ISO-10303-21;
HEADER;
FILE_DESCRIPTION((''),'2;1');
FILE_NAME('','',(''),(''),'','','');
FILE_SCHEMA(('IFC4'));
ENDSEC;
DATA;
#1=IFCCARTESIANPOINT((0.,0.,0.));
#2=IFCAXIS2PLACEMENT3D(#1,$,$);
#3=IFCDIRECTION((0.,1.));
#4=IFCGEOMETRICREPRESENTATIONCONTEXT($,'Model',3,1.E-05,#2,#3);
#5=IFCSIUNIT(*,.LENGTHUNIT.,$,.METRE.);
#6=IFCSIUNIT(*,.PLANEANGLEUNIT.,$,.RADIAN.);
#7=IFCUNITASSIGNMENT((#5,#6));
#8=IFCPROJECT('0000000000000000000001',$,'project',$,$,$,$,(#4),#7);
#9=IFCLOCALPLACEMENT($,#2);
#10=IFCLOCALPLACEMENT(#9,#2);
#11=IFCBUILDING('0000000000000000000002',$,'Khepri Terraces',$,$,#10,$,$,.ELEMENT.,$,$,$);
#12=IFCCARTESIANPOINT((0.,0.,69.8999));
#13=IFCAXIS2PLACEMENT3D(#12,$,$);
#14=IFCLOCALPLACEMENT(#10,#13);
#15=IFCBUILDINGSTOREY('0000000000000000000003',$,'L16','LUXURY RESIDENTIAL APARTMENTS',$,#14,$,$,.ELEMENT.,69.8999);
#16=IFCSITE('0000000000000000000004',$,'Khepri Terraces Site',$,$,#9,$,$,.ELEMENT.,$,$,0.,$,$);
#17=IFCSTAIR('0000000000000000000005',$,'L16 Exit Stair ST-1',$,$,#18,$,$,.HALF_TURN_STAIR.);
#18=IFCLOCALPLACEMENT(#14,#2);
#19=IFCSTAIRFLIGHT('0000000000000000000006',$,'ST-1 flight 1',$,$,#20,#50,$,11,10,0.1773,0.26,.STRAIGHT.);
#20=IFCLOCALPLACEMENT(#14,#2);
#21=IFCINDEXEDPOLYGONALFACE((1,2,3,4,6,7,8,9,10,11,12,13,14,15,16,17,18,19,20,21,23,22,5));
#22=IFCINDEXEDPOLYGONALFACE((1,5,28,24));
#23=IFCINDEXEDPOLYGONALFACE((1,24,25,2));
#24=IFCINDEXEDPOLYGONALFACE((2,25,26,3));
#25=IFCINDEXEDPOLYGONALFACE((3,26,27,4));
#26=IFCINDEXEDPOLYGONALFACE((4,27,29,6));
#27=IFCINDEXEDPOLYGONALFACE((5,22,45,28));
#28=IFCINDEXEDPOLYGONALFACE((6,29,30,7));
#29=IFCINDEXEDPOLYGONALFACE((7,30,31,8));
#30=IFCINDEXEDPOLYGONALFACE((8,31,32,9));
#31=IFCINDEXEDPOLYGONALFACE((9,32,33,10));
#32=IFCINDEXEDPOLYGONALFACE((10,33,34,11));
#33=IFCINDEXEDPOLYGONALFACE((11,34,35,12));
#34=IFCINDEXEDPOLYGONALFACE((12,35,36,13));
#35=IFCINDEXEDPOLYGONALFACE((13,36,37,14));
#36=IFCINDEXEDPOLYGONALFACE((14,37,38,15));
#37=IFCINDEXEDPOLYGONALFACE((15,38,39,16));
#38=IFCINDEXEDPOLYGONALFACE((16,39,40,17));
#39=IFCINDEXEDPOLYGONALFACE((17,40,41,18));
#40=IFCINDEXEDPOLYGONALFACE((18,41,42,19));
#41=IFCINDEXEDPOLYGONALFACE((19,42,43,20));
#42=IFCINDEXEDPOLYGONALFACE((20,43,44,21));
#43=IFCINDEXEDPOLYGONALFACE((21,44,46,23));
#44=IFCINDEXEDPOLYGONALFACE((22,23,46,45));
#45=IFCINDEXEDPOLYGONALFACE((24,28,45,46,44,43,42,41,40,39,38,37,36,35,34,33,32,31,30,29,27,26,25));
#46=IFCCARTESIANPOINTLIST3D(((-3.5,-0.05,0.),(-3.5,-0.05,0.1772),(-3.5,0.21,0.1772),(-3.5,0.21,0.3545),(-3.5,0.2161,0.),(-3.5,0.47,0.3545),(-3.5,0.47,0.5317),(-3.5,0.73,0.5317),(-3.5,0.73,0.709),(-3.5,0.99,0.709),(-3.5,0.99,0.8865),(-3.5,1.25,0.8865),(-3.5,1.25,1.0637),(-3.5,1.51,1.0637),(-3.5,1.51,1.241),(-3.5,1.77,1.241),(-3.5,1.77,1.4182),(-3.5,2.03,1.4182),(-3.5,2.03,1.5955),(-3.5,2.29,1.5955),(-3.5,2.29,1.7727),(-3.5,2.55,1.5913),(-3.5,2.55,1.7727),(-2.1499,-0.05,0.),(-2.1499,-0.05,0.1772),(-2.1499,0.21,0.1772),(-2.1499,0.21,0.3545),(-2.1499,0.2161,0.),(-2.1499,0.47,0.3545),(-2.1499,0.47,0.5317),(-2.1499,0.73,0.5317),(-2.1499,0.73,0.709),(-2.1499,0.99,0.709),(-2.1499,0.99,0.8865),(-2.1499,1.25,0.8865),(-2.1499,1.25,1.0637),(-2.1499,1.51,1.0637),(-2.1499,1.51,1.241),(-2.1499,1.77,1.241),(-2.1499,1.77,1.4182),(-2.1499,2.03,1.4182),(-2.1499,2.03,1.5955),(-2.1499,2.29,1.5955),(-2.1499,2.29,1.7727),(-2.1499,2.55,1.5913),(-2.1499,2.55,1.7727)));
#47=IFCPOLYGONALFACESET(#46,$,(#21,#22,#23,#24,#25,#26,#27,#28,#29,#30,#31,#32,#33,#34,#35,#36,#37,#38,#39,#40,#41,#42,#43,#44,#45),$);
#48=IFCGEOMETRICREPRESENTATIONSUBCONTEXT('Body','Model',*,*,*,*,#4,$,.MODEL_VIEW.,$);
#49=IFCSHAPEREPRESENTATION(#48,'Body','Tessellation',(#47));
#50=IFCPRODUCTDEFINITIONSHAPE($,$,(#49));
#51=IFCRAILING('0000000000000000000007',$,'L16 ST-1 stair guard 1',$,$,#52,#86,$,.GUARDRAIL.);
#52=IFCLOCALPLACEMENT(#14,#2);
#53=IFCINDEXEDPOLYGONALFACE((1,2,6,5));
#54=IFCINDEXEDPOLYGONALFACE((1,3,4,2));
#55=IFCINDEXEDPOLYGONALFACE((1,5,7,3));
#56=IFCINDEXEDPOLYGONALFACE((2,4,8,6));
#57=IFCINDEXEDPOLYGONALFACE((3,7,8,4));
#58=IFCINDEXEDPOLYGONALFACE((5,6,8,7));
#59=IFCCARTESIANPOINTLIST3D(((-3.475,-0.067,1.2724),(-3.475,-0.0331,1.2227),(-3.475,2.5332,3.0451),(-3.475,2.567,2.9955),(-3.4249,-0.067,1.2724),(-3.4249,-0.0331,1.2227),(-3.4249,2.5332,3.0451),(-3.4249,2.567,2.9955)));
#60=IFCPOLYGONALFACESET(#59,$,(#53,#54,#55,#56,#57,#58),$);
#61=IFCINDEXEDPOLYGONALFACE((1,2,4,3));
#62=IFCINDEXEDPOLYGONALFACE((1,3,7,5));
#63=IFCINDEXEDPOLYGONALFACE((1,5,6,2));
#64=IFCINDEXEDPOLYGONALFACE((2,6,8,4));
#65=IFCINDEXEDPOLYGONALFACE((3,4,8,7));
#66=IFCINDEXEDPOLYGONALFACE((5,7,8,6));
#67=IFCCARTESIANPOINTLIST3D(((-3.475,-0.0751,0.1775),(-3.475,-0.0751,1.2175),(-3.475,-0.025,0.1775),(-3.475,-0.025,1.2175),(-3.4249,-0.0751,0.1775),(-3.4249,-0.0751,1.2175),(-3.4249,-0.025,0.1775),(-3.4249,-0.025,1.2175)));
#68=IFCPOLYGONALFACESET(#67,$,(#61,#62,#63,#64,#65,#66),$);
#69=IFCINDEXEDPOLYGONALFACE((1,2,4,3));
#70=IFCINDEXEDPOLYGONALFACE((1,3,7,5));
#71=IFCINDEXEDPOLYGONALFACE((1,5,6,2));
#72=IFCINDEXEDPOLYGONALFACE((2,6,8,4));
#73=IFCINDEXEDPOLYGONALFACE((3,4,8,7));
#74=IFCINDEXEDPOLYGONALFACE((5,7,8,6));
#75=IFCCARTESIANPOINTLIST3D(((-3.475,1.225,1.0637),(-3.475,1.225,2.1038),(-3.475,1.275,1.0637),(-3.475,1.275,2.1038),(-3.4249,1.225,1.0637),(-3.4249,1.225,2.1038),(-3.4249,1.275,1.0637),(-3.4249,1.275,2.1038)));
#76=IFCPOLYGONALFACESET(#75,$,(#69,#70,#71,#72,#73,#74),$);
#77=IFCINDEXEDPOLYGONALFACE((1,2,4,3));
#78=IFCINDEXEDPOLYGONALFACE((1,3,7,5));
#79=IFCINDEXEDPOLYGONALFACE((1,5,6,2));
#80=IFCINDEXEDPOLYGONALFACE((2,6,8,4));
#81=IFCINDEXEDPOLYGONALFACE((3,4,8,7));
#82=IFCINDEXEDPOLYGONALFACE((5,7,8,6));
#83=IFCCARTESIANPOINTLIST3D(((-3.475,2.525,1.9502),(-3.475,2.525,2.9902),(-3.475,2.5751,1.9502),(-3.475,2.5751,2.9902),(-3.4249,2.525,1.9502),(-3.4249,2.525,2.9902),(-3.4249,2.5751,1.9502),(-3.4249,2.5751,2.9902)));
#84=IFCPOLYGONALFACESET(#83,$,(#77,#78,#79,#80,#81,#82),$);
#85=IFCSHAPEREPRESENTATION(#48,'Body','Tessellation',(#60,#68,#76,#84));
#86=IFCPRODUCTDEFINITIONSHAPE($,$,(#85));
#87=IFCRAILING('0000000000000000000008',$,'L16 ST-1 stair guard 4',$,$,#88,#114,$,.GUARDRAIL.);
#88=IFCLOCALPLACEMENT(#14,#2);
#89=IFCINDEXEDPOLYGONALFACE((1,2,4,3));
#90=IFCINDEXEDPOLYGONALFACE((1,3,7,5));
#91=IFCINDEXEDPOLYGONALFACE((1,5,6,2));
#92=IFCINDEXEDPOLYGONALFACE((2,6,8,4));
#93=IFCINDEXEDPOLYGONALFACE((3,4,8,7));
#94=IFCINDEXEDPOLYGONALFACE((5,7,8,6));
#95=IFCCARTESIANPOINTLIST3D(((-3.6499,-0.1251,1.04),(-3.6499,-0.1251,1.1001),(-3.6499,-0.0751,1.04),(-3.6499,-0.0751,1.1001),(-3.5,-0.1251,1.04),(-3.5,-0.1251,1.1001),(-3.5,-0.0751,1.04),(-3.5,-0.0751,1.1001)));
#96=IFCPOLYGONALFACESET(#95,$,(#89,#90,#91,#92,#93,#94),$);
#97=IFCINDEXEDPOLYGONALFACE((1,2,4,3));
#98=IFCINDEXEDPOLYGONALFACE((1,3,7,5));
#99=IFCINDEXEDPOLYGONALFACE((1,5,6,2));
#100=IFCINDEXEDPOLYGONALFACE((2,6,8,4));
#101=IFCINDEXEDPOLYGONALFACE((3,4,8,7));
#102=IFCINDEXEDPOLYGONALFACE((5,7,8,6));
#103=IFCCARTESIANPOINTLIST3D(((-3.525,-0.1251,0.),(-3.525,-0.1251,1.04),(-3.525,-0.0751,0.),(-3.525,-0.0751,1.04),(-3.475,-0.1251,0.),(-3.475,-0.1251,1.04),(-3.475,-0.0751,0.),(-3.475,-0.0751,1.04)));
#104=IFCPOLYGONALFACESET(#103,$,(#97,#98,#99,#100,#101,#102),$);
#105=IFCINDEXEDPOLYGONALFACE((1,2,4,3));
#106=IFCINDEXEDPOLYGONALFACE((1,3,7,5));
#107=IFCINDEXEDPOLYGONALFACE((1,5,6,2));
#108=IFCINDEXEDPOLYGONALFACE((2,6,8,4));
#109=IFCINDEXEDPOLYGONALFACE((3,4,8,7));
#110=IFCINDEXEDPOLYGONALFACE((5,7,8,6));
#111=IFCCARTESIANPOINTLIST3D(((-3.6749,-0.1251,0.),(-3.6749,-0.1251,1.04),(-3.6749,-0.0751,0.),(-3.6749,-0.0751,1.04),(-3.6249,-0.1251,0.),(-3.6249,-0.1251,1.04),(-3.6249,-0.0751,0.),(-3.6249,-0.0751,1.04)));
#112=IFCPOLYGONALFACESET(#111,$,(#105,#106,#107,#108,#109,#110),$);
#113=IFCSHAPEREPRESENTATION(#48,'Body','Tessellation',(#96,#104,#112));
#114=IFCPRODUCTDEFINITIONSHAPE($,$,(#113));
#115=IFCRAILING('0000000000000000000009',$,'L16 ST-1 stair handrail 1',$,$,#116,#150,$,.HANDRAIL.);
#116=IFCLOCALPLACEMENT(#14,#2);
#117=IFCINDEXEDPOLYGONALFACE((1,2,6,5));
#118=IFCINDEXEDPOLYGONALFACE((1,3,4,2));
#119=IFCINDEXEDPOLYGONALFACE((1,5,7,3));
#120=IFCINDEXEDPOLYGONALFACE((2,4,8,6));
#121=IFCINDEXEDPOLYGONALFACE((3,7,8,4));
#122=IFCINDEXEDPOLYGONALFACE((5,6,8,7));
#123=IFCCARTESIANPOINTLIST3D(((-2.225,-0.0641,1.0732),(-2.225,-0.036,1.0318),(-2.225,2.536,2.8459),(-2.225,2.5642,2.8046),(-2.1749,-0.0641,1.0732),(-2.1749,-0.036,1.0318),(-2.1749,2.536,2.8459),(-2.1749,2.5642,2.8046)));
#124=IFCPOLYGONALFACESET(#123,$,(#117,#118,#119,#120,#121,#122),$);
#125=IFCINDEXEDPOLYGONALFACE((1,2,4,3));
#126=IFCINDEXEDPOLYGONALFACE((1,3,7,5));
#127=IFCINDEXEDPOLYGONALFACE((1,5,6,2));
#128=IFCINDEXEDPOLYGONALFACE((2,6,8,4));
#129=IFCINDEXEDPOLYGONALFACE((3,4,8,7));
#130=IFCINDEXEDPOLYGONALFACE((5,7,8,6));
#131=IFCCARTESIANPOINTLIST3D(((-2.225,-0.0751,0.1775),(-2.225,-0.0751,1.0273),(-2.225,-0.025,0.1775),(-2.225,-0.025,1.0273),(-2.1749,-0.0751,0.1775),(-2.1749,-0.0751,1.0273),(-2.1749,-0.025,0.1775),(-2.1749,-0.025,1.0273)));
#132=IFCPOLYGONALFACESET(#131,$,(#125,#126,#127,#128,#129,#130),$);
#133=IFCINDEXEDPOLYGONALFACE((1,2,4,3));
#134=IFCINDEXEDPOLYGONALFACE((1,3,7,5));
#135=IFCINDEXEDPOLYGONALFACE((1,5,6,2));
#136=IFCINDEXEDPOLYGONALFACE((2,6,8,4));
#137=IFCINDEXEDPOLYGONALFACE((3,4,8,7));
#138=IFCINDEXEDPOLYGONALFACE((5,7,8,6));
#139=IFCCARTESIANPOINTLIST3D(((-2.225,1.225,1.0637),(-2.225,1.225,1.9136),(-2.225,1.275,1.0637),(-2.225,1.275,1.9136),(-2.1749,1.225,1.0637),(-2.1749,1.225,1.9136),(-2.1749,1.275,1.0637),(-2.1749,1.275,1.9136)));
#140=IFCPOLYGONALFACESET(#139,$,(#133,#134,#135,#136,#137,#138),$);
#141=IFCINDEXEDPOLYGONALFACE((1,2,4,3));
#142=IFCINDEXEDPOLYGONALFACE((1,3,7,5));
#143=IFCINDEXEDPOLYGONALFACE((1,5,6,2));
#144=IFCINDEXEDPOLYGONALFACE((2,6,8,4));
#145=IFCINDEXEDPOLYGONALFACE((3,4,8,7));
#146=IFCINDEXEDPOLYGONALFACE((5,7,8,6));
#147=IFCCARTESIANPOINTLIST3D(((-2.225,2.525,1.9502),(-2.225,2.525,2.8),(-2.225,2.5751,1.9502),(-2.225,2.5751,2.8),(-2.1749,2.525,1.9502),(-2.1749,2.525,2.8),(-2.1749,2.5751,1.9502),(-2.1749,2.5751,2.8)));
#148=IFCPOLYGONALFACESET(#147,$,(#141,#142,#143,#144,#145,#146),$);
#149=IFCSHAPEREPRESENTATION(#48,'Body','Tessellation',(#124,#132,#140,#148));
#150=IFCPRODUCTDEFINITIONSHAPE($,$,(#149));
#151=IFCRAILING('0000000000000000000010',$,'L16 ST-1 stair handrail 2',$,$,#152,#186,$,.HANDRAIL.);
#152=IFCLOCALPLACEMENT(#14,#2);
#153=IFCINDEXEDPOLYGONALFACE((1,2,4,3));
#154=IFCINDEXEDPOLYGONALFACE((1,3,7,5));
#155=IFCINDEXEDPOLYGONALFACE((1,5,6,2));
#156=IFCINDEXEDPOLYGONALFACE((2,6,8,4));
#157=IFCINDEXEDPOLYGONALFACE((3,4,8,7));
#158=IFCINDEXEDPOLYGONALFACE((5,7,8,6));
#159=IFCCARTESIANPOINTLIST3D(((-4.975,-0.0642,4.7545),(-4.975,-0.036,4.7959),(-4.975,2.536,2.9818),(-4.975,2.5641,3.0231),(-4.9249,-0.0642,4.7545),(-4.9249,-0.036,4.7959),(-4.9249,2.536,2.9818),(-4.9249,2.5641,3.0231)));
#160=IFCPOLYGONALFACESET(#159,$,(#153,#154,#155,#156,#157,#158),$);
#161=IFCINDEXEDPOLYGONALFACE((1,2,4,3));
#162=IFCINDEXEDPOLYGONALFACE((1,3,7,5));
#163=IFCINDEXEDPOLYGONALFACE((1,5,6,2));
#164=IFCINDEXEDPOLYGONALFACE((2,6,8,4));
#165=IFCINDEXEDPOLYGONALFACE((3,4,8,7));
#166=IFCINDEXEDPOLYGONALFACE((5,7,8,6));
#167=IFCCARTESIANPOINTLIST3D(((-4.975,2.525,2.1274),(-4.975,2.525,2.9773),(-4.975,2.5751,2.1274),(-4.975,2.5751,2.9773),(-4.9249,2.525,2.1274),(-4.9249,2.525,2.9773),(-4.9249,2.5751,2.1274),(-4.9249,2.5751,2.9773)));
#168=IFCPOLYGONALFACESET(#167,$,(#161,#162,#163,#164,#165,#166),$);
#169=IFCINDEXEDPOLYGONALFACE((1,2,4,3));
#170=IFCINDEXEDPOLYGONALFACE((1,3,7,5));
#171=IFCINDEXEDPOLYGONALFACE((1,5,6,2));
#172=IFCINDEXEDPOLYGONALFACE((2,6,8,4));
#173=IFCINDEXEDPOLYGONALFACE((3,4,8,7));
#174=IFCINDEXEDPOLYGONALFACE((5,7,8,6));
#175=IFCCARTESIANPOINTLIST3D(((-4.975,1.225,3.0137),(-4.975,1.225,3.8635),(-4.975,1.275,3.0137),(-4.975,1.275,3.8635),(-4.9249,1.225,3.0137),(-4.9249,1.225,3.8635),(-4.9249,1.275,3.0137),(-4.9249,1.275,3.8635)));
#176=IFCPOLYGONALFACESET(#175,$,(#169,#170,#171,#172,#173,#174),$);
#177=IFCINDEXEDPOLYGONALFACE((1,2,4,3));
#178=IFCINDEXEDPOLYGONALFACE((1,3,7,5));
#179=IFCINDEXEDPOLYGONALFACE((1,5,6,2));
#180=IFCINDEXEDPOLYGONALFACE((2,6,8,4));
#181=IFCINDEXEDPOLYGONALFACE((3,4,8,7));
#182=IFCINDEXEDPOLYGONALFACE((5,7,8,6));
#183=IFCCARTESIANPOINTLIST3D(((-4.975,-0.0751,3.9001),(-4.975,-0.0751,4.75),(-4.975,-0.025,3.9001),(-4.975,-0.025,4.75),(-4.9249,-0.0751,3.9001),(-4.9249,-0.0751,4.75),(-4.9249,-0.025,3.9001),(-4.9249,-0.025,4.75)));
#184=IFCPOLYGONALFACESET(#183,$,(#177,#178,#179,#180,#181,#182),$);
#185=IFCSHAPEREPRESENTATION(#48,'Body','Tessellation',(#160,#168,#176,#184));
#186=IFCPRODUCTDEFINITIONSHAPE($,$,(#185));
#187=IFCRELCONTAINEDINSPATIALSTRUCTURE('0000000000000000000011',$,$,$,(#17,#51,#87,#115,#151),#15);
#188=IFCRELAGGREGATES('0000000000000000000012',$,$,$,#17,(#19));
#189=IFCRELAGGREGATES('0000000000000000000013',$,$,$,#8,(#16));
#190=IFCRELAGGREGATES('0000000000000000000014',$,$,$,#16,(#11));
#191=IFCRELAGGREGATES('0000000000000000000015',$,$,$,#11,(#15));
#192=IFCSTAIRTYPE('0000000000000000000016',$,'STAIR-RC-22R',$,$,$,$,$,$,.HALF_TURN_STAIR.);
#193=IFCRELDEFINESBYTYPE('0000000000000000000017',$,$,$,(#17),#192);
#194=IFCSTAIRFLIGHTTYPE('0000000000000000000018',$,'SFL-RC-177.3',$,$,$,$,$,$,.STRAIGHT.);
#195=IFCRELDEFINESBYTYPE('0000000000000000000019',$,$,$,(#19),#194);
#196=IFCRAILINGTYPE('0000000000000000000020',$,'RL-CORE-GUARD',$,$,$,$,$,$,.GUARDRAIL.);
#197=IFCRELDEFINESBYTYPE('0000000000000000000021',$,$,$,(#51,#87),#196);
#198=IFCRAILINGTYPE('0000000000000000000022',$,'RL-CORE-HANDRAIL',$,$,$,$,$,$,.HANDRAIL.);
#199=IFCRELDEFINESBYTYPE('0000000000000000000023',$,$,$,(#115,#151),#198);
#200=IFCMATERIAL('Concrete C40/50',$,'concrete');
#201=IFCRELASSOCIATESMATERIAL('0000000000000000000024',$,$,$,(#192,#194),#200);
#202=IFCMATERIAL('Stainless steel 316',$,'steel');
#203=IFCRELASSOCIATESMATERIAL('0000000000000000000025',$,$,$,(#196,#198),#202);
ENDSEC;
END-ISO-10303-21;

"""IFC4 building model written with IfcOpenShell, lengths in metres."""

from ifc_helpers import new_model, si_unit, direction, frame, origin, origin_2d, place, context, subcontext, project, spatial, polyline, rectangle, outline, extrude, material, type_object, element, aggregate, save


model = new_model("IFC4")

# Units and contexts
model_context = context("Model", 3, precision=1e-05, world=origin(), true_north=direction((0.0, 1.0)))
body_context = subcontext(model_context, "Body", "Model", "MODEL_VIEW")
ifc_project = project(units=[si_unit("LENGTHUNIT", "METRE"), si_unit("PLANEANGLEUNIT", "RADIAN")], contexts=[model_context])

# Site, building, storey
site_placement = place(None, origin())
site = spatial("IfcSite", under=ifc_project, at=site_placement, Name="Khepri Terraces Site", CompositionType="ELEMENT", RefElevation=0.0)
building_placement = place(site_placement, origin())
building = spatial("IfcBuilding", under=site, at=building_placement, Name="Khepri Terraces", CompositionType="ELEMENT")
storey_placement = place(building_placement, frame((0.0, 0.0, 69.8999)))
storey = spatial("IfcBuildingStorey", under=building, at=storey_placement, Name="L16", Description="LUXURY RESIDENTIAL APARTMENTS", CompositionType="ELEMENT", Elevation=69.8999)

# Stair, stair flight
ifc_material_1 = material(Name="Concrete C40/50", Category="concrete")
stair_type = type_object("IfcStairType", Name="STAIR-RC-22R", PredefinedType="HALF_TURN_STAIR", material=ifc_material_1)
stair_placement = place(storey_placement, origin())
stair = element("IfcStair", 1, at=stair_placement, inside=storey, type_object=stair_type, Name="L16 Exit Stair ST-1", PredefinedType="HALF_TURN_STAIR")
stair_flight_type = type_object("IfcStairFlightType", Name="SFL-RC-177.3", PredefinedType="STRAIGHT", material=ifc_material_1)
stair_flight_placement = place(storey_placement, frame((-2.825, -0.05, 0.0), z_axis=(0.0, 0.0, 1.0), x_axis=(0.0, 1.0, 0.0)))
stair_flight = element("IfcStairFlight", 2, at=stair_flight_placement, type_object=stair_flight_type, Name="ST-1 flight 1", NumberOfRisers=11, NumberOfTreads=10, PredefinedType="STRAIGHT", RiserHeight=0.1773, TreadLength=0.26, context=body_context, shape_type="SweptSolid", body=[
    extrude(outline(polyline([(0.0, 0.0), (0.0, 0.1772), (0.26, 0.1772), (0.26, 0.3545), (0.52, 0.3545), (0.52, 0.5317), (0.78, 0.5317), (0.78, 0.709), (1.04, 0.709), (1.04, 0.8865), (1.3, 0.8865), (1.3, 1.0637), (1.5601, 1.0637), (1.5601, 1.241), (1.8201, 1.241), (1.8201, 1.4182), (2.0801, 1.4182), (2.0801, 1.5955), (2.3401, 1.5955), (2.3401, 1.7727), (2.6001, 1.7727), (2.6001, 1.95), (2.6001, 1.5913), (0.2661, 0.0), (0.0, 0.0)])), frame((0.0, 0.675, 0.0), z_axis=(0.0, -1.0, 0.0), x_axis=(1.0, 0.0, 0.0)), (0.0, 0.0, 1.0), 1.3501),
])
aggregate(stair, [stair_flight])

# Railings
ifc_material_2 = material(Name="Stainless steel 316", Category="steel")
railing_type_1 = type_object("IfcRailingType", Name="RL-CORE-GUARD", PredefinedType="GUARDRAIL", material=ifc_material_2)
railing_1_placement = place(storey_placement, frame((-3.45, -0.05, 0.1775)))
element("IfcRailing", 3, at=railing_1_placement, inside=storey, type_object=railing_type_1, Name="L16 ST-1 stair guard 1", PredefinedType="GUARDRAIL", context=body_context, shape_type="SweptSolid", body=[
    extrude(rectangle(XDim=0.05, YDim=0.0601, at=origin_2d()), frame((0.0, 0.0, 1.0701), z_axis=(0.0, 0.82624, 0.563318), x_axis=(-1.0, 0.0, 0.0)), (0.0, 0.0, 1.0), 3.147),
    extrude(rectangle(XDim=0.05, YDim=0.05, at=origin_2d()), origin(), (0.0, 0.0, 1.0), 1.04),
    extrude(rectangle(XDim=0.05, YDim=0.05, at=origin_2d()), frame((0.0, 1.3, 0.8862)), (0.0, 0.0, 1.0), 1.04),
    extrude(rectangle(XDim=0.05, YDim=0.05, at=origin_2d()), frame((0.0, 2.6001, 1.7727)), (0.0, 0.0, 1.0), 1.04),
])
railing_2_placement = place(storey_placement, frame((-3.5, -0.1001, 0.0)))
element("IfcRailing", 4, at=railing_2_placement, inside=storey, type_object=railing_type_1, Name="L16 ST-1 stair guard 4", PredefinedType="GUARDRAIL", context=body_context, shape_type="SweptSolid", body=[
    extrude(rectangle(XDim=0.05, YDim=0.0601, at=origin_2d()), frame((0.0, 0.0, 1.0701), z_axis=(-1.0, 0.0, 0.0), x_axis=(0.0, -1.0, 0.0)), (0.0, 0.0, 1.0), 0.1499),
    extrude(rectangle(XDim=0.05, YDim=0.05, at=origin_2d()), origin(), (0.0, 0.0, 1.0), 1.04),
    extrude(rectangle(XDim=0.05, YDim=0.05, at=origin_2d()), frame((-0.1499, 0.0, 0.0)), (0.0, 0.0, 1.0), 1.04),
])
railing_type_2 = type_object("IfcRailingType", Name="RL-CORE-HANDRAIL", PredefinedType="HANDRAIL", material=ifc_material_2)
railing_3_placement = place(storey_placement, frame((-2.2, -0.05, 0.1775)))
element("IfcRailing", 5, at=railing_3_placement, inside=storey, type_object=railing_type_2, Name="L16 ST-1 stair handrail 1", PredefinedType="HANDRAIL", context=body_context, shape_type="SweptSolid", body=[
    extrude(rectangle(XDim=0.05, YDim=0.05, at=origin_2d()), frame((0.0, 0.0, 0.875), z_axis=(0.0, 0.82624, 0.563318), x_axis=(-1.0, 0.0, 0.0)), (0.0, 0.0, 1.0), 3.147),
    extrude(rectangle(XDim=0.05, YDim=0.05, at=origin_2d()), origin(), (0.0, 0.0, 1.0), 0.8499),
    extrude(rectangle(XDim=0.05, YDim=0.05, at=origin_2d()), frame((0.0, 1.3, 0.8862)), (0.0, 0.0, 1.0), 0.8499),
    extrude(rectangle(XDim=0.05, YDim=0.05, at=origin_2d()), frame((0.0, 2.6001, 1.7727)), (0.0, 0.0, 1.0), 0.8499),
])
railing_4_placement = place(storey_placement, frame((-4.95, 2.55, 2.1274)))
element("IfcRailing", 6, at=railing_4_placement, inside=storey, type_object=railing_type_2, Name="L16 ST-1 stair handrail 2", PredefinedType="HANDRAIL", context=body_context, shape_type="SweptSolid", body=[
    extrude(rectangle(XDim=0.05, YDim=0.05, at=origin_2d()), frame((0.0, 0.0, 0.875), z_axis=(0.0, -0.82624, 0.563318), x_axis=(1.0, 0.0, 0.0)), (0.0, 0.0, 1.0), 3.147),
    extrude(rectangle(XDim=0.05, YDim=0.05, at=origin_2d()), origin(), (0.0, 0.0, 1.0), 0.8499),
    extrude(rectangle(XDim=0.05, YDim=0.05, at=origin_2d()), frame((0.0, -1.3, 0.8862)), (0.0, 0.0, 1.0), 0.8499),
    extrude(rectangle(XDim=0.05, YDim=0.05, at=origin_2d()), frame((0.0, -2.6001, 1.7727)), (0.0, 0.0, 1.0), 0.8499),
])

save(model, "model.ifc")
